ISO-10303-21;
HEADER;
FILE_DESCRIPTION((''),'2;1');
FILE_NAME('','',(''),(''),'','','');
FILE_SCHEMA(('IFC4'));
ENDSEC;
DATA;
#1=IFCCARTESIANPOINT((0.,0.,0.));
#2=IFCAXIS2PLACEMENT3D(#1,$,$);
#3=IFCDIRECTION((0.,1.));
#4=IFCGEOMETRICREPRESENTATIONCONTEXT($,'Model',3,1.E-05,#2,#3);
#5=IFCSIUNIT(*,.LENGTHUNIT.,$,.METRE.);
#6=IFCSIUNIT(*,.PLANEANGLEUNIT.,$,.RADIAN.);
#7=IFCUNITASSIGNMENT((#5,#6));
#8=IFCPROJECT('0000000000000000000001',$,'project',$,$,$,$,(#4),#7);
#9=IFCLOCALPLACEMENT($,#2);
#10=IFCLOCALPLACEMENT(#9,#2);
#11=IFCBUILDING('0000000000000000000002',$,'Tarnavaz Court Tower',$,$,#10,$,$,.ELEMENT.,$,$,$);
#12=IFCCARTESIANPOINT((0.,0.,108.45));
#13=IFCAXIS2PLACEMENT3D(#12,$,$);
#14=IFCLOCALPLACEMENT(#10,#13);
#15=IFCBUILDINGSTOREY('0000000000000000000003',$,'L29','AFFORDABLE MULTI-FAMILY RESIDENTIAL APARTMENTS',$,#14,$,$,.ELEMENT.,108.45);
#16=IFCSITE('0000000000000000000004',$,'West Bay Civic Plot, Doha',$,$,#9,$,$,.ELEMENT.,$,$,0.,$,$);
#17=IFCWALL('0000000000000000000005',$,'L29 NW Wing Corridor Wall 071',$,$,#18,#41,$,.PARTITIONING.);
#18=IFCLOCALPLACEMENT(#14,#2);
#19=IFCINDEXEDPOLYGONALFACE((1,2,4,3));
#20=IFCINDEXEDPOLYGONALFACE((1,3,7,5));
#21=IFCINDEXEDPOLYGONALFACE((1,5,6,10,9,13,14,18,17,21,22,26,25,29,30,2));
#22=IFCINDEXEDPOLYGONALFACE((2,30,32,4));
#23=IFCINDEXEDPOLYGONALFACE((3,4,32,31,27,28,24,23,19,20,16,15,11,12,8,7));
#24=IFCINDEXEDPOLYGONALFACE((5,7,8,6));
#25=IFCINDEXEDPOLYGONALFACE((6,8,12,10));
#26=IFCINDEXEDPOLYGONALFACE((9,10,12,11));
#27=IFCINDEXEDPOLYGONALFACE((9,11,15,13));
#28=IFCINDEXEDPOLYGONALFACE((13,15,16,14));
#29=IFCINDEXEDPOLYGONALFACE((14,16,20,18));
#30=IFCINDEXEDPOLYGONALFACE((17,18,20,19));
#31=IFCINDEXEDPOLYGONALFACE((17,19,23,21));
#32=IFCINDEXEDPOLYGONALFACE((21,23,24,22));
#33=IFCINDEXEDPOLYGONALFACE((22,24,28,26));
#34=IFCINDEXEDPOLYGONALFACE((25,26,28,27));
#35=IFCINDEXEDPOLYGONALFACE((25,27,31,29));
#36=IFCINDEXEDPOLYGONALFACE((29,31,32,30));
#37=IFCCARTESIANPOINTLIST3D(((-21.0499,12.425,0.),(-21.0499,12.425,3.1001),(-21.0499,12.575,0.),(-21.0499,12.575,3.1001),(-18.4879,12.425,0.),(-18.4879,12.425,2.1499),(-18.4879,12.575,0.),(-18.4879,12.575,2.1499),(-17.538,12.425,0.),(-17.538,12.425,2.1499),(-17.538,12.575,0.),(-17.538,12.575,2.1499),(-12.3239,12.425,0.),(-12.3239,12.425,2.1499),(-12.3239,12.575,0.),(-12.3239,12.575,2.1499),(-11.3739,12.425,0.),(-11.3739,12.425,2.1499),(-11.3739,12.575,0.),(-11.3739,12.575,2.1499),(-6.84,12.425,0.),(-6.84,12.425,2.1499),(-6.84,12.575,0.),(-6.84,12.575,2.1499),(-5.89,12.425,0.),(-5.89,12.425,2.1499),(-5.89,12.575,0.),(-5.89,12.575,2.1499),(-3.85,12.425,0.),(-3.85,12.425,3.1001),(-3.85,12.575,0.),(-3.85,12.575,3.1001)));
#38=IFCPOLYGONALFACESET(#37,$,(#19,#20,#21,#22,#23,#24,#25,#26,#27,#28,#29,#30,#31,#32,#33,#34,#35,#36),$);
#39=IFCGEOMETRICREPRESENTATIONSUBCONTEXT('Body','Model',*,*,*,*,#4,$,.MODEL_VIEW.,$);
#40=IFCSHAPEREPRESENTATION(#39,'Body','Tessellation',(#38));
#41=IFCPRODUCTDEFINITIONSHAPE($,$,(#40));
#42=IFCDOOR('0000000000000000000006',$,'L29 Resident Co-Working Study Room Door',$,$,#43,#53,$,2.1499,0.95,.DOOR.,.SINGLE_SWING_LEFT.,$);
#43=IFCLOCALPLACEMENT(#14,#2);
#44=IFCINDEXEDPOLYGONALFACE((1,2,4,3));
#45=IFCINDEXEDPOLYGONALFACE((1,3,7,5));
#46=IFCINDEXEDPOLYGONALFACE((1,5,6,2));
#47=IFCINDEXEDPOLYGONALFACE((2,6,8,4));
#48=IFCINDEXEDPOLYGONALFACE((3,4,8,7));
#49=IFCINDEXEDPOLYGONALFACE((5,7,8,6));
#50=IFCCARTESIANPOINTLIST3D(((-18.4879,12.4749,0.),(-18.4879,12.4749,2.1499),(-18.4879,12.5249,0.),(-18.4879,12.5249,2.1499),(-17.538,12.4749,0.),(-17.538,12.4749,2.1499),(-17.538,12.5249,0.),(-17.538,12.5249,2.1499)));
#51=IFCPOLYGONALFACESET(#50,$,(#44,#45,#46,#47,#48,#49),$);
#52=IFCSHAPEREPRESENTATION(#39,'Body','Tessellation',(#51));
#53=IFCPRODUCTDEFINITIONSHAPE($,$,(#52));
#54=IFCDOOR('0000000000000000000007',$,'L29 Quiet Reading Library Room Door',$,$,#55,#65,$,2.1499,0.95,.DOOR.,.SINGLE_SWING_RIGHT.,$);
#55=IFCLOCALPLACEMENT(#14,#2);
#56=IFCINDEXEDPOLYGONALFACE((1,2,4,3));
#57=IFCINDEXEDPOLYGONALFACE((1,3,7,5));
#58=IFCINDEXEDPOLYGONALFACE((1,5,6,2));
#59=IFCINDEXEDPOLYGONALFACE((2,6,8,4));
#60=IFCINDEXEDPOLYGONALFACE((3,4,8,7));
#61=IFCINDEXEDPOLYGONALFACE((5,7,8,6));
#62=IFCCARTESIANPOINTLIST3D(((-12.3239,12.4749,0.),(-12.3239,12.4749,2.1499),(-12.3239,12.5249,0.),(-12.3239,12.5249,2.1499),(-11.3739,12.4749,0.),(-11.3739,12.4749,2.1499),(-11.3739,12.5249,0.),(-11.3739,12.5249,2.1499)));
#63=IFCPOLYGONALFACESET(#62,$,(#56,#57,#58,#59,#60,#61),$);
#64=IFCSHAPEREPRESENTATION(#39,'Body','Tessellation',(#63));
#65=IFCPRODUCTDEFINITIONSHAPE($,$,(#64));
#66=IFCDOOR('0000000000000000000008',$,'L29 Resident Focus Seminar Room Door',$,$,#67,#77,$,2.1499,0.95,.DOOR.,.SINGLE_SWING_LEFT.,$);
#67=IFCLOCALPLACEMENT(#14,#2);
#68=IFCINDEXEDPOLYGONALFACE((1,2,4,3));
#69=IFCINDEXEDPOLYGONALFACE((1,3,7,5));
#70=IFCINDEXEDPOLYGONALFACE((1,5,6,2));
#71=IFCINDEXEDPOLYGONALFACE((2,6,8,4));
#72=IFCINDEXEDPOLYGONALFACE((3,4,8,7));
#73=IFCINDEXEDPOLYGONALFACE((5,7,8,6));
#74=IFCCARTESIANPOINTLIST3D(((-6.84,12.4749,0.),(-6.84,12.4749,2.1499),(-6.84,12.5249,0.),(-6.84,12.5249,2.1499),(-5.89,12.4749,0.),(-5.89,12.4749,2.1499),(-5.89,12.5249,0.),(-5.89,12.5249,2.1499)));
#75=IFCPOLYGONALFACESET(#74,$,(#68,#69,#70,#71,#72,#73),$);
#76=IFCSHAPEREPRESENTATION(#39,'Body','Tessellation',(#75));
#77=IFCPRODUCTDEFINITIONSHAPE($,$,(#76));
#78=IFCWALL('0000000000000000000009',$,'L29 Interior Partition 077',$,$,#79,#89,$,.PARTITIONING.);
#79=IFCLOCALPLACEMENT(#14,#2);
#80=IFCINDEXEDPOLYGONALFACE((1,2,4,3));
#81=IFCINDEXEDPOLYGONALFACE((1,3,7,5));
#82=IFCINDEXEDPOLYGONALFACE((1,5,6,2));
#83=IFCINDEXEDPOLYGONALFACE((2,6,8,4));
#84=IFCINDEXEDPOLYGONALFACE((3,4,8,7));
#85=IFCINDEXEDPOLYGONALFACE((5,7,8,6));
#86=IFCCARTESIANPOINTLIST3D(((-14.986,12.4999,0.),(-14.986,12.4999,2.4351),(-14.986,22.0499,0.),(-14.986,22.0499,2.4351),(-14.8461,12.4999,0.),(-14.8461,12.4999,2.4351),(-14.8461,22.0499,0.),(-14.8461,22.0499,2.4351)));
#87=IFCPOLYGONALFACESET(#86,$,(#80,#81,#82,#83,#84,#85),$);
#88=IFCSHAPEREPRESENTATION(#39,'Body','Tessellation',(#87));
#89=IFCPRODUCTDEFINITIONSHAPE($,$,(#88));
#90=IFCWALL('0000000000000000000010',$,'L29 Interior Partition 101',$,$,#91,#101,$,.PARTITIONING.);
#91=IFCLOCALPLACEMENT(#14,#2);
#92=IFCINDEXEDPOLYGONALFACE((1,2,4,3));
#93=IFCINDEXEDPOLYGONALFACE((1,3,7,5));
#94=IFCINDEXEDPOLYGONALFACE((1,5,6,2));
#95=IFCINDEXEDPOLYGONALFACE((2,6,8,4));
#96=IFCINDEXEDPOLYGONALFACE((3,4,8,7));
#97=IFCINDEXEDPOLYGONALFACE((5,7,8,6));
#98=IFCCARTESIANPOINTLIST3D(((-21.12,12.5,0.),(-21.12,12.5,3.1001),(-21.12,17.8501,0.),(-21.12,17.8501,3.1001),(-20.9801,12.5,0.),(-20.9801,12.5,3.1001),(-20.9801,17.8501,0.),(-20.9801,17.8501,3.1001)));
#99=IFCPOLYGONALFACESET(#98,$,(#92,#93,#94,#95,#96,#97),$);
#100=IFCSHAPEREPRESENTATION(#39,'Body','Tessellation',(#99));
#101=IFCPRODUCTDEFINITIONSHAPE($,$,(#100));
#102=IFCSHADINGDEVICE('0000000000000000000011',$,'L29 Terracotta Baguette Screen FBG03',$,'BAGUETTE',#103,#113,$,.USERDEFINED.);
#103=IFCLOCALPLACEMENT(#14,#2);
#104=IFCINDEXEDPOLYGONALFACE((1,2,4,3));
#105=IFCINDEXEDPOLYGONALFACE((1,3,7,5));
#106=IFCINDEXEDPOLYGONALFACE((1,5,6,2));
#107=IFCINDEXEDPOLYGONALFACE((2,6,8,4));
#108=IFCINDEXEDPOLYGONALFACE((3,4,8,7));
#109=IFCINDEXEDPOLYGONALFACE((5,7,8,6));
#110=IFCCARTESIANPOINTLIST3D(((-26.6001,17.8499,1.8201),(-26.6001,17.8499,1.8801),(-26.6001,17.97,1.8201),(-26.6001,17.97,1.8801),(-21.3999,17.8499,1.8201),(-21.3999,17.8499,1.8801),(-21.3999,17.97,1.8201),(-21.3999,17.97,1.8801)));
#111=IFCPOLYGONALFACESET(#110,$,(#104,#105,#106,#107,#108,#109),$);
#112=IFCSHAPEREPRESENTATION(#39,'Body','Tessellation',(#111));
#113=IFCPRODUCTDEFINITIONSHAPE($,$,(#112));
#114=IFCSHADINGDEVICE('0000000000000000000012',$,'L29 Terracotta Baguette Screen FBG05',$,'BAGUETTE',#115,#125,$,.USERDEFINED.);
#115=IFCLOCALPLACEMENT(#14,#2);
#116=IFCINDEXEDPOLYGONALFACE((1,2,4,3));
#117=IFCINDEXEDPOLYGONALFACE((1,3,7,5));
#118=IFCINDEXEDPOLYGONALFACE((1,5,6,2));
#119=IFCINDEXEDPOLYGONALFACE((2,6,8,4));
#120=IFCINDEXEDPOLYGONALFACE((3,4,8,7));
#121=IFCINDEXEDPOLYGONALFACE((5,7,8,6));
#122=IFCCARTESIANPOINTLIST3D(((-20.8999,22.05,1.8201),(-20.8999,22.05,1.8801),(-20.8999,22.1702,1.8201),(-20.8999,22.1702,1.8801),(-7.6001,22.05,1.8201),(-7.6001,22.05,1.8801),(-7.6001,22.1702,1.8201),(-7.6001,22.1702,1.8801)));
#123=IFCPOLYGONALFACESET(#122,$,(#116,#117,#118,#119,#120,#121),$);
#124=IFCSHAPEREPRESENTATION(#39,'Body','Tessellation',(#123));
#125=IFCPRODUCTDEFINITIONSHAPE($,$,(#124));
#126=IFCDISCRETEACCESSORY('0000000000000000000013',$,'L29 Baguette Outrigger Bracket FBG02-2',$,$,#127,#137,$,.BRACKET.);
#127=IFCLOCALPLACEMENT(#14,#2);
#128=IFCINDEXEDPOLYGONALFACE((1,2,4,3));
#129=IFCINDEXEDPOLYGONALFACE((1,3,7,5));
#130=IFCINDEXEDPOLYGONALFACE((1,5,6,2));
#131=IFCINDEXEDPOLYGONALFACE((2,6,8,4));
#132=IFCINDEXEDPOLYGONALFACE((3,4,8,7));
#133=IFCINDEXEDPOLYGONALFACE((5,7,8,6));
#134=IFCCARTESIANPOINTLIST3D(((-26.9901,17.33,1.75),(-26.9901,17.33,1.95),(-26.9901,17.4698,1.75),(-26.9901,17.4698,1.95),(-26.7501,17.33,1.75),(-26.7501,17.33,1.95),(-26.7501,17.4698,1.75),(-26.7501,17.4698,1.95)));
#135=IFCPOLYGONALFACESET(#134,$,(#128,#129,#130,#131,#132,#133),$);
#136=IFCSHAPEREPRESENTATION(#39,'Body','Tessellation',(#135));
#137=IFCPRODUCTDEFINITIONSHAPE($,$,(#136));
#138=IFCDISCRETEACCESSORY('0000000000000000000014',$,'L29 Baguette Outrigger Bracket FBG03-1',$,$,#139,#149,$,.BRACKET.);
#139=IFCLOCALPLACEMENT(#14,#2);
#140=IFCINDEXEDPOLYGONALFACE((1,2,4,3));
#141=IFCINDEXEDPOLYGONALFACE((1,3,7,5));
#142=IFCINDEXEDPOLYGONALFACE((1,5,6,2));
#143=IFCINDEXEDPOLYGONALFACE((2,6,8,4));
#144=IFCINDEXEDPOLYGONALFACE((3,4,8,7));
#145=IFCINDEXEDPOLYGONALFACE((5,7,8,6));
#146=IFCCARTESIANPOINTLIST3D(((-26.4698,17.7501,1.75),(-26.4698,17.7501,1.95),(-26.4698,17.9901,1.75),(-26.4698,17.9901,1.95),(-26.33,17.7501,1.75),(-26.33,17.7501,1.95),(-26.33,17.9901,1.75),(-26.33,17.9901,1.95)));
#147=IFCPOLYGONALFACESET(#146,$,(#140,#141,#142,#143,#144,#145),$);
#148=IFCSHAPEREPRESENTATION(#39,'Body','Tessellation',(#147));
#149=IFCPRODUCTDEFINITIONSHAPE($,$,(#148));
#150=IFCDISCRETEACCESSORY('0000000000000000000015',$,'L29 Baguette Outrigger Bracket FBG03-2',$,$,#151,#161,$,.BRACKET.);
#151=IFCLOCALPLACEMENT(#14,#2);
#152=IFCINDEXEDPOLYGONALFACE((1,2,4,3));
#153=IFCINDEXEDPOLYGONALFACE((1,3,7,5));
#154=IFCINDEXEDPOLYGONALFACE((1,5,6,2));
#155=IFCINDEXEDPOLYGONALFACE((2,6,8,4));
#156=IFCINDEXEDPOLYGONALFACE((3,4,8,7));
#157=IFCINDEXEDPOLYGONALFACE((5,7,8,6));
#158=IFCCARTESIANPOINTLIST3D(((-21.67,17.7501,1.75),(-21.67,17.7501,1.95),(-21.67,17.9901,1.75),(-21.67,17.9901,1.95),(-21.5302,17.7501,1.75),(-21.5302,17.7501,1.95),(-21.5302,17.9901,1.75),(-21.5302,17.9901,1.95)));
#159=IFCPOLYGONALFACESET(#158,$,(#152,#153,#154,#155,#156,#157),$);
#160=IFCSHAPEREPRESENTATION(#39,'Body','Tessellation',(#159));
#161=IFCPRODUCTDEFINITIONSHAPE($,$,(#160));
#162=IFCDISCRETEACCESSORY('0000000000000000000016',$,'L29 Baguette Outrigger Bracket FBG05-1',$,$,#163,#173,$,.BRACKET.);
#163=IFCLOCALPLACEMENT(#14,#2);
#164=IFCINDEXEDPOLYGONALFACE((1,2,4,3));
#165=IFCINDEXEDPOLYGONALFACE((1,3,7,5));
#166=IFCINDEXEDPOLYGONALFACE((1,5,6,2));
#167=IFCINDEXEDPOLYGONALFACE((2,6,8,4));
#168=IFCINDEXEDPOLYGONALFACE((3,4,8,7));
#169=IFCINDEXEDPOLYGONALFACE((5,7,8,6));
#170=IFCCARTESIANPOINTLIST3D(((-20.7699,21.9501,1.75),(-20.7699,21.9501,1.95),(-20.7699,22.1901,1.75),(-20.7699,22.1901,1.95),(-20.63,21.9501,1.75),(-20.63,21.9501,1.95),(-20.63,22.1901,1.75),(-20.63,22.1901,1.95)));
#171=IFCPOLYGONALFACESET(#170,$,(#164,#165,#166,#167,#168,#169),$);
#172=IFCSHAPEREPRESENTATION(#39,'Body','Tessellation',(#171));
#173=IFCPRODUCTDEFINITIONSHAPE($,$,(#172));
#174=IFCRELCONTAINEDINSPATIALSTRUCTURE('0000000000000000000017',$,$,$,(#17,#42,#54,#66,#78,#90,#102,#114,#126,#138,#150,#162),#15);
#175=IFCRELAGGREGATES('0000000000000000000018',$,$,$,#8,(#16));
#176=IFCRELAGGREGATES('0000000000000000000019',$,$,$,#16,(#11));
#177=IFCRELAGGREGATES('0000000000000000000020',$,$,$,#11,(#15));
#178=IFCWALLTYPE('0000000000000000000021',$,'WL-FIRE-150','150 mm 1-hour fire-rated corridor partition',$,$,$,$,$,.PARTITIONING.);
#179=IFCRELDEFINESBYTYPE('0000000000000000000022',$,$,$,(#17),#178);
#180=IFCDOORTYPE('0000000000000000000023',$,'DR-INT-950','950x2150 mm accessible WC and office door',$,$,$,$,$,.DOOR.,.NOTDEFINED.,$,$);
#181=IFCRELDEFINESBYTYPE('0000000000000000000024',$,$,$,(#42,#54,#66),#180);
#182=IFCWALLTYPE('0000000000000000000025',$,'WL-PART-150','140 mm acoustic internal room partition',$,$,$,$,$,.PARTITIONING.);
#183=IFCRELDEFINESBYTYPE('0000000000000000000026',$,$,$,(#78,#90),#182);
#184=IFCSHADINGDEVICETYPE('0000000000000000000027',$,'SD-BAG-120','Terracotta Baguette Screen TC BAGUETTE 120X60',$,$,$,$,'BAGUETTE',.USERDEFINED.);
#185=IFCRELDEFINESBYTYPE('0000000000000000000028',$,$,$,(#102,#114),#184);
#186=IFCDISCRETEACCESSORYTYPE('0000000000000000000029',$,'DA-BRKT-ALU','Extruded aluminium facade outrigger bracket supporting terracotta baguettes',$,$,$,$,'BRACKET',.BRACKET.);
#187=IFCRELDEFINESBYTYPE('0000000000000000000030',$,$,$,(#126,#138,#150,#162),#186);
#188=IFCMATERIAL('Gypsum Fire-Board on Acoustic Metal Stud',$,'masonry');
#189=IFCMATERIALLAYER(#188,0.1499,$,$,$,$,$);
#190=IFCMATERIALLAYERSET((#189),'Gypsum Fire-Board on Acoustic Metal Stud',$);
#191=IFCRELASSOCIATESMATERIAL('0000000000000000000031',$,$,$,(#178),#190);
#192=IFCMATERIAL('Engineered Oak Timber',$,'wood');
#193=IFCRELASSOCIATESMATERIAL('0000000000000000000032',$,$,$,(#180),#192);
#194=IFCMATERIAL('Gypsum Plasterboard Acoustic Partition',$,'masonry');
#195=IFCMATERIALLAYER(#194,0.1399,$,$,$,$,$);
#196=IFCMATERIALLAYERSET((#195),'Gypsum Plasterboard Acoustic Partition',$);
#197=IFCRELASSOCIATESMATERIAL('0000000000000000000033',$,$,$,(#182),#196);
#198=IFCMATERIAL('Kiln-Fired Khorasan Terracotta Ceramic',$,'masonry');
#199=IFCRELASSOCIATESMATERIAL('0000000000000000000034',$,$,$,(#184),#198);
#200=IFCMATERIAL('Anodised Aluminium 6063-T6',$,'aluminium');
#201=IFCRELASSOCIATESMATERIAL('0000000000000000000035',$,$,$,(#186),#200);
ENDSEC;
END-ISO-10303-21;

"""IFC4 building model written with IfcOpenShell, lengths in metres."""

from ifc_helpers import new_model, si_unit, direction, frame, frame_2d, origin, origin_2d, place, context, subcontext, project, spatial, rectangle, extrude, material, layer, layer_set, material_profile, profile_set, type_object, element, fill, save


model = new_model("IFC4")

# Units and contexts
model_context = context("Model", 3, precision=1e-05, world=origin(), true_north=direction((0.0, 1.0)))
body_context = subcontext(model_context, "Body", "Model", "MODEL_VIEW")
ifc_project = project(units=[si_unit("LENGTHUNIT", "METRE"), si_unit("PLANEANGLEUNIT", "RADIAN")], contexts=[model_context])

# Site, building, storey
site_placement = place(None, origin())
site = spatial("IfcSite", under=ifc_project, at=site_placement, Name="West Bay Civic Plot, Doha", CompositionType="ELEMENT", RefElevation=0.0)
building_placement = place(site_placement, origin())
building = spatial("IfcBuilding", under=site, at=building_placement, Name="Tarnavaz Court Tower", CompositionType="ELEMENT")
storey_placement = place(building_placement, frame((0.0, 0.0, 108.45)))
storey = spatial("IfcBuildingStorey", under=building, at=storey_placement, Name="L29", Description="AFFORDABLE MULTI-FAMILY RESIDENTIAL APARTMENTS", CompositionType="ELEMENT", Elevation=108.45)

# Wall, openings, doors
ifc_material_1 = material(Name="Gypsum Fire-Board on Acoustic Metal Stud", Category="masonry")
ifc_layer_1 = layer(ifc_material_1, 0.1499)
ifc_layer_set_1 = layer_set([ifc_layer_1], Name="Gypsum Fire-Board on Acoustic Metal Stud")
wall_type_1 = type_object("IfcWallType", Name="WL-FIRE-150", Description="150 mm 1-hour fire-rated corridor partition", PredefinedType="PARTITIONING", material=ifc_layer_set_1)
wall_1_placement = place(storey_placement, frame((-21.05, 12.5, 0.0), z_axis=(0.0, 0.0, 1.0), x_axis=(1.0, 0.0, 0.0)))
wall_1 = element("IfcWall", 1, at=wall_1_placement, inside=storey, type_object=wall_type_1, Name="L29 NW Wing Corridor Wall 071", PredefinedType="PARTITIONING", context=body_context, shape_type="SweptSolid", body=[
    extrude(rectangle(XDim=17.2, YDim=0.1499, at=frame_2d((8.6001, 0.0))), origin(), (0.0, 0.0, 1.0), 3.1001),
])
opening_1_placement = place(wall_1_placement, frame((2.562, 0.0, 0.0)))
opening_1 = element("IfcOpeningElement", 2, at=opening_1_placement, cuts=wall_1, PredefinedType="OPENING", context=body_context, shape_type="SweptSolid", body=[
    extrude(rectangle(XDim=0.95, YDim=2.1499, at=frame_2d((0.4751, 1.075))), frame((0.0, 0.085, 0.0), z_axis=(0.0, -1.0, 0.0), x_axis=(1.0, 0.0, 0.0)), (0.0, 0.0, 1.0), 0.1699),
])
opening_2_placement = place(wall_1_placement, frame((8.7261, 0.0, 0.0)))
opening_2 = element("IfcOpeningElement", 3, at=opening_2_placement, cuts=wall_1, PredefinedType="OPENING", context=body_context, shape_type="SweptSolid", body=[
    extrude(rectangle(XDim=0.95, YDim=2.1499, at=frame_2d((0.4751, 1.075))), frame((0.0, 0.085, 0.0), z_axis=(0.0, -1.0, 0.0), x_axis=(1.0, 0.0, 0.0)), (0.0, 0.0, 1.0), 0.1699),
])
opening_3_placement = place(wall_1_placement, frame((14.21, 0.0, 0.0)))
opening_3 = element("IfcOpeningElement", 4, at=opening_3_placement, cuts=wall_1, PredefinedType="OPENING", context=body_context, shape_type="SweptSolid", body=[
    extrude(rectangle(XDim=0.95, YDim=2.1499, at=frame_2d((0.4751, 1.075))), frame((0.0, 0.085, 0.0), z_axis=(0.0, -1.0, 0.0), x_axis=(1.0, 0.0, 0.0)), (0.0, 0.0, 1.0), 0.1699),
])
ifc_material_2 = material(Name="Engineered Oak Timber", Category="wood")
door_type = type_object("IfcDoorType", Name="DR-INT-950", Description="950x2150 mm accessible WC and office door", OperationType="NOTDEFINED", PredefinedType="DOOR", material=ifc_material_2)
door_1_placement = place(opening_1_placement, origin())
door_1 = element("IfcDoor", 5, at=door_1_placement, inside=storey, type_object=door_type, Name="L29 Resident Co-Working Study Room Door", OperationType="SINGLE_SWING_LEFT", OverallHeight=2.1499, OverallWidth=0.95, PredefinedType="DOOR", context=body_context, shape_type="SweptSolid", body=[
    extrude(rectangle(XDim=0.95, YDim=2.1499, at=frame_2d((0.4751, 1.075))), frame((0.0, 0.0249, 0.0), z_axis=(0.0, -1.0, 0.0), x_axis=(1.0, 0.0, 0.0)), (0.0, 0.0, 1.0), 0.05),
])
fill(opening_1, door_1)
door_2_placement = place(opening_2_placement, origin())
door_2 = element("IfcDoor", 6, at=door_2_placement, inside=storey, type_object=door_type, Name="L29 Quiet Reading Library Room Door", OperationType="SINGLE_SWING_RIGHT", OverallHeight=2.1499, OverallWidth=0.95, PredefinedType="DOOR", context=body_context, shape_type="SweptSolid", body=[
    extrude(rectangle(XDim=0.95, YDim=2.1499, at=frame_2d((0.4751, 1.075))), frame((0.0, 0.0249, 0.0), z_axis=(0.0, -1.0, 0.0), x_axis=(1.0, 0.0, 0.0)), (0.0, 0.0, 1.0), 0.05),
])
fill(opening_2, door_2)
door_3_placement = place(opening_3_placement, origin())
door_3 = element("IfcDoor", 7, at=door_3_placement, inside=storey, type_object=door_type, Name="L29 Resident Focus Seminar Room Door", OperationType="SINGLE_SWING_LEFT", OverallHeight=2.1499, OverallWidth=0.95, PredefinedType="DOOR", context=body_context, shape_type="SweptSolid", body=[
    extrude(rectangle(XDim=0.95, YDim=2.1499, at=frame_2d((0.4751, 1.075))), frame((0.0, 0.0249, 0.0), z_axis=(0.0, -1.0, 0.0), x_axis=(1.0, 0.0, 0.0)), (0.0, 0.0, 1.0), 0.05),
])
fill(opening_3, door_3)

# Walls
ifc_material_3 = material(Name="Gypsum Plasterboard Acoustic Partition", Category="masonry")
ifc_layer_2 = layer(ifc_material_3, 0.1399)
ifc_layer_set_2 = layer_set([ifc_layer_2], Name="Gypsum Plasterboard Acoustic Partition")
wall_type_2 = type_object("IfcWallType", Name="WL-PART-150", Description="140 mm acoustic internal room partition", PredefinedType="PARTITIONING", material=ifc_layer_set_2)
wall_2_placement = place(storey_placement, frame((-14.916, 12.5, 0.0), z_axis=(0.0, 0.0, 1.0), x_axis=(0.0, 1.0, 0.0)))
element("IfcWall", 8, at=wall_2_placement, inside=storey, type_object=wall_type_2, Name="L29 Interior Partition 077", PredefinedType="PARTITIONING", context=body_context, shape_type="SweptSolid", body=[
    extrude(rectangle(XDim=9.55, YDim=0.1399, at=frame_2d((4.7749, 0.0))), origin(), (0.0, 0.0, 1.0), 2.4351),
])
wall_3_placement = place(storey_placement, frame((-21.05, 12.5, 0.0), z_axis=(0.0, 0.0, 1.0), x_axis=(0.0, 1.0, 0.0)))
element("IfcWall", 9, at=wall_3_placement, inside=storey, type_object=wall_type_2, Name="L29 Interior Partition 101", PredefinedType="PARTITIONING", context=body_context, shape_type="SweptSolid", body=[
    extrude(rectangle(XDim=5.3501, YDim=0.1399, at=frame_2d((2.675, 0.0))), origin(), (0.0, 0.0, 1.0), 3.1001),
])

# Shading devices
ifc_material_4 = material(Name="Kiln-Fired Khorasan Terracotta Ceramic", Category="masonry")
ifc_material_profile_1 = material_profile(ifc_material_4, rectangle(XDim=0.1201, YDim=0.0601, at=origin_2d()), Name="TC BAGUETTE 120X60")
ifc_profile_set_1 = profile_set([ifc_material_profile_1], Name="Kiln-Fired Khorasan Terracotta Ceramic")
shading_device_type = type_object("IfcShadingDeviceType", Name="SD-BAG-120", Description="Terracotta Baguette Screen TC BAGUETTE 120X60", ElementType="BAGUETTE", PredefinedType="USERDEFINED", material=ifc_profile_set_1)
shading_device_1_placement = place(storey_placement, frame((-26.6001, 17.9099, 1.8501), z_axis=(1.0, 0.0, 0.0), x_axis=(0.0, 1.0, 0.0)))
element("IfcShadingDevice", 10, at=shading_device_1_placement, inside=storey, type_object=shading_device_type, Name="L29 Terracotta Baguette Screen FBG03", ObjectType="BAGUETTE", PredefinedType="USERDEFINED", context=body_context, shape_type="SweptSolid", body=[
    extrude(rectangle(XDim=0.1201, YDim=0.0601, at=origin_2d()), origin(), (0.0, 0.0, 1.0), 5.2002),
])
shading_device_2_placement = place(storey_placement, frame((-20.8999, 22.1101, 1.8501), z_axis=(1.0, 0.0, 0.0), x_axis=(0.0, 1.0, 0.0)))
element("IfcShadingDevice", 11, at=shading_device_2_placement, inside=storey, type_object=shading_device_type, Name="L29 Terracotta Baguette Screen FBG05", ObjectType="BAGUETTE", PredefinedType="USERDEFINED", context=body_context, shape_type="SweptSolid", body=[
    extrude(rectangle(XDim=0.1201, YDim=0.0601, at=origin_2d()), origin(), (0.0, 0.0, 1.0), 13.2998),
])

# Discrete accessories
ifc_material_5 = material(Name="Anodised Aluminium 6063-T6", Category="aluminium")
discrete_accessory_type = type_object("IfcDiscreteAccessoryType", Name="DA-BRKT-ALU", Description="Extruded aluminium facade outrigger bracket supporting terracotta baguettes", ElementType="BRACKET", PredefinedType="BRACKET", material=ifc_material_5)
for number, where, z_axis, x_axis, name in (
    (12, (-26.8701, 17.3999, 1.75), (0.0, 0.0, 1.0), (0.0, 1.0, 0.0), "L29 Baguette Outrigger Bracket FBG02-2"),
    (13, (-26.3999, 17.8701, 1.75), (0.0, 0.0, 1.0), (1.0, 0.0, 0.0), "L29 Baguette Outrigger Bracket FBG03-1"),
    (14, (-21.6001, 17.8701, 1.75), (0.0, 0.0, 1.0), (1.0, 0.0, 0.0), "L29 Baguette Outrigger Bracket FBG03-2"),
    (15, (-20.7, 22.0701, 1.75), (0.0, 0.0, 1.0), (1.0, 0.0, 0.0), "L29 Baguette Outrigger Bracket FBG05-1"),
):
    element("IfcDiscreteAccessory", number, at=place(storey_placement, frame(where, z_axis=z_axis, x_axis=x_axis)), inside=storey, type_object=discrete_accessory_type, Name=name, PredefinedType="BRACKET", context=body_context, shape_type="SweptSolid", body=[
        extrude(rectangle(XDim=0.1399, YDim=0.24, at=origin_2d()), origin(), (0.0, 0.0, 1.0), 0.2),
    ])

save(model, "model.ifc")
